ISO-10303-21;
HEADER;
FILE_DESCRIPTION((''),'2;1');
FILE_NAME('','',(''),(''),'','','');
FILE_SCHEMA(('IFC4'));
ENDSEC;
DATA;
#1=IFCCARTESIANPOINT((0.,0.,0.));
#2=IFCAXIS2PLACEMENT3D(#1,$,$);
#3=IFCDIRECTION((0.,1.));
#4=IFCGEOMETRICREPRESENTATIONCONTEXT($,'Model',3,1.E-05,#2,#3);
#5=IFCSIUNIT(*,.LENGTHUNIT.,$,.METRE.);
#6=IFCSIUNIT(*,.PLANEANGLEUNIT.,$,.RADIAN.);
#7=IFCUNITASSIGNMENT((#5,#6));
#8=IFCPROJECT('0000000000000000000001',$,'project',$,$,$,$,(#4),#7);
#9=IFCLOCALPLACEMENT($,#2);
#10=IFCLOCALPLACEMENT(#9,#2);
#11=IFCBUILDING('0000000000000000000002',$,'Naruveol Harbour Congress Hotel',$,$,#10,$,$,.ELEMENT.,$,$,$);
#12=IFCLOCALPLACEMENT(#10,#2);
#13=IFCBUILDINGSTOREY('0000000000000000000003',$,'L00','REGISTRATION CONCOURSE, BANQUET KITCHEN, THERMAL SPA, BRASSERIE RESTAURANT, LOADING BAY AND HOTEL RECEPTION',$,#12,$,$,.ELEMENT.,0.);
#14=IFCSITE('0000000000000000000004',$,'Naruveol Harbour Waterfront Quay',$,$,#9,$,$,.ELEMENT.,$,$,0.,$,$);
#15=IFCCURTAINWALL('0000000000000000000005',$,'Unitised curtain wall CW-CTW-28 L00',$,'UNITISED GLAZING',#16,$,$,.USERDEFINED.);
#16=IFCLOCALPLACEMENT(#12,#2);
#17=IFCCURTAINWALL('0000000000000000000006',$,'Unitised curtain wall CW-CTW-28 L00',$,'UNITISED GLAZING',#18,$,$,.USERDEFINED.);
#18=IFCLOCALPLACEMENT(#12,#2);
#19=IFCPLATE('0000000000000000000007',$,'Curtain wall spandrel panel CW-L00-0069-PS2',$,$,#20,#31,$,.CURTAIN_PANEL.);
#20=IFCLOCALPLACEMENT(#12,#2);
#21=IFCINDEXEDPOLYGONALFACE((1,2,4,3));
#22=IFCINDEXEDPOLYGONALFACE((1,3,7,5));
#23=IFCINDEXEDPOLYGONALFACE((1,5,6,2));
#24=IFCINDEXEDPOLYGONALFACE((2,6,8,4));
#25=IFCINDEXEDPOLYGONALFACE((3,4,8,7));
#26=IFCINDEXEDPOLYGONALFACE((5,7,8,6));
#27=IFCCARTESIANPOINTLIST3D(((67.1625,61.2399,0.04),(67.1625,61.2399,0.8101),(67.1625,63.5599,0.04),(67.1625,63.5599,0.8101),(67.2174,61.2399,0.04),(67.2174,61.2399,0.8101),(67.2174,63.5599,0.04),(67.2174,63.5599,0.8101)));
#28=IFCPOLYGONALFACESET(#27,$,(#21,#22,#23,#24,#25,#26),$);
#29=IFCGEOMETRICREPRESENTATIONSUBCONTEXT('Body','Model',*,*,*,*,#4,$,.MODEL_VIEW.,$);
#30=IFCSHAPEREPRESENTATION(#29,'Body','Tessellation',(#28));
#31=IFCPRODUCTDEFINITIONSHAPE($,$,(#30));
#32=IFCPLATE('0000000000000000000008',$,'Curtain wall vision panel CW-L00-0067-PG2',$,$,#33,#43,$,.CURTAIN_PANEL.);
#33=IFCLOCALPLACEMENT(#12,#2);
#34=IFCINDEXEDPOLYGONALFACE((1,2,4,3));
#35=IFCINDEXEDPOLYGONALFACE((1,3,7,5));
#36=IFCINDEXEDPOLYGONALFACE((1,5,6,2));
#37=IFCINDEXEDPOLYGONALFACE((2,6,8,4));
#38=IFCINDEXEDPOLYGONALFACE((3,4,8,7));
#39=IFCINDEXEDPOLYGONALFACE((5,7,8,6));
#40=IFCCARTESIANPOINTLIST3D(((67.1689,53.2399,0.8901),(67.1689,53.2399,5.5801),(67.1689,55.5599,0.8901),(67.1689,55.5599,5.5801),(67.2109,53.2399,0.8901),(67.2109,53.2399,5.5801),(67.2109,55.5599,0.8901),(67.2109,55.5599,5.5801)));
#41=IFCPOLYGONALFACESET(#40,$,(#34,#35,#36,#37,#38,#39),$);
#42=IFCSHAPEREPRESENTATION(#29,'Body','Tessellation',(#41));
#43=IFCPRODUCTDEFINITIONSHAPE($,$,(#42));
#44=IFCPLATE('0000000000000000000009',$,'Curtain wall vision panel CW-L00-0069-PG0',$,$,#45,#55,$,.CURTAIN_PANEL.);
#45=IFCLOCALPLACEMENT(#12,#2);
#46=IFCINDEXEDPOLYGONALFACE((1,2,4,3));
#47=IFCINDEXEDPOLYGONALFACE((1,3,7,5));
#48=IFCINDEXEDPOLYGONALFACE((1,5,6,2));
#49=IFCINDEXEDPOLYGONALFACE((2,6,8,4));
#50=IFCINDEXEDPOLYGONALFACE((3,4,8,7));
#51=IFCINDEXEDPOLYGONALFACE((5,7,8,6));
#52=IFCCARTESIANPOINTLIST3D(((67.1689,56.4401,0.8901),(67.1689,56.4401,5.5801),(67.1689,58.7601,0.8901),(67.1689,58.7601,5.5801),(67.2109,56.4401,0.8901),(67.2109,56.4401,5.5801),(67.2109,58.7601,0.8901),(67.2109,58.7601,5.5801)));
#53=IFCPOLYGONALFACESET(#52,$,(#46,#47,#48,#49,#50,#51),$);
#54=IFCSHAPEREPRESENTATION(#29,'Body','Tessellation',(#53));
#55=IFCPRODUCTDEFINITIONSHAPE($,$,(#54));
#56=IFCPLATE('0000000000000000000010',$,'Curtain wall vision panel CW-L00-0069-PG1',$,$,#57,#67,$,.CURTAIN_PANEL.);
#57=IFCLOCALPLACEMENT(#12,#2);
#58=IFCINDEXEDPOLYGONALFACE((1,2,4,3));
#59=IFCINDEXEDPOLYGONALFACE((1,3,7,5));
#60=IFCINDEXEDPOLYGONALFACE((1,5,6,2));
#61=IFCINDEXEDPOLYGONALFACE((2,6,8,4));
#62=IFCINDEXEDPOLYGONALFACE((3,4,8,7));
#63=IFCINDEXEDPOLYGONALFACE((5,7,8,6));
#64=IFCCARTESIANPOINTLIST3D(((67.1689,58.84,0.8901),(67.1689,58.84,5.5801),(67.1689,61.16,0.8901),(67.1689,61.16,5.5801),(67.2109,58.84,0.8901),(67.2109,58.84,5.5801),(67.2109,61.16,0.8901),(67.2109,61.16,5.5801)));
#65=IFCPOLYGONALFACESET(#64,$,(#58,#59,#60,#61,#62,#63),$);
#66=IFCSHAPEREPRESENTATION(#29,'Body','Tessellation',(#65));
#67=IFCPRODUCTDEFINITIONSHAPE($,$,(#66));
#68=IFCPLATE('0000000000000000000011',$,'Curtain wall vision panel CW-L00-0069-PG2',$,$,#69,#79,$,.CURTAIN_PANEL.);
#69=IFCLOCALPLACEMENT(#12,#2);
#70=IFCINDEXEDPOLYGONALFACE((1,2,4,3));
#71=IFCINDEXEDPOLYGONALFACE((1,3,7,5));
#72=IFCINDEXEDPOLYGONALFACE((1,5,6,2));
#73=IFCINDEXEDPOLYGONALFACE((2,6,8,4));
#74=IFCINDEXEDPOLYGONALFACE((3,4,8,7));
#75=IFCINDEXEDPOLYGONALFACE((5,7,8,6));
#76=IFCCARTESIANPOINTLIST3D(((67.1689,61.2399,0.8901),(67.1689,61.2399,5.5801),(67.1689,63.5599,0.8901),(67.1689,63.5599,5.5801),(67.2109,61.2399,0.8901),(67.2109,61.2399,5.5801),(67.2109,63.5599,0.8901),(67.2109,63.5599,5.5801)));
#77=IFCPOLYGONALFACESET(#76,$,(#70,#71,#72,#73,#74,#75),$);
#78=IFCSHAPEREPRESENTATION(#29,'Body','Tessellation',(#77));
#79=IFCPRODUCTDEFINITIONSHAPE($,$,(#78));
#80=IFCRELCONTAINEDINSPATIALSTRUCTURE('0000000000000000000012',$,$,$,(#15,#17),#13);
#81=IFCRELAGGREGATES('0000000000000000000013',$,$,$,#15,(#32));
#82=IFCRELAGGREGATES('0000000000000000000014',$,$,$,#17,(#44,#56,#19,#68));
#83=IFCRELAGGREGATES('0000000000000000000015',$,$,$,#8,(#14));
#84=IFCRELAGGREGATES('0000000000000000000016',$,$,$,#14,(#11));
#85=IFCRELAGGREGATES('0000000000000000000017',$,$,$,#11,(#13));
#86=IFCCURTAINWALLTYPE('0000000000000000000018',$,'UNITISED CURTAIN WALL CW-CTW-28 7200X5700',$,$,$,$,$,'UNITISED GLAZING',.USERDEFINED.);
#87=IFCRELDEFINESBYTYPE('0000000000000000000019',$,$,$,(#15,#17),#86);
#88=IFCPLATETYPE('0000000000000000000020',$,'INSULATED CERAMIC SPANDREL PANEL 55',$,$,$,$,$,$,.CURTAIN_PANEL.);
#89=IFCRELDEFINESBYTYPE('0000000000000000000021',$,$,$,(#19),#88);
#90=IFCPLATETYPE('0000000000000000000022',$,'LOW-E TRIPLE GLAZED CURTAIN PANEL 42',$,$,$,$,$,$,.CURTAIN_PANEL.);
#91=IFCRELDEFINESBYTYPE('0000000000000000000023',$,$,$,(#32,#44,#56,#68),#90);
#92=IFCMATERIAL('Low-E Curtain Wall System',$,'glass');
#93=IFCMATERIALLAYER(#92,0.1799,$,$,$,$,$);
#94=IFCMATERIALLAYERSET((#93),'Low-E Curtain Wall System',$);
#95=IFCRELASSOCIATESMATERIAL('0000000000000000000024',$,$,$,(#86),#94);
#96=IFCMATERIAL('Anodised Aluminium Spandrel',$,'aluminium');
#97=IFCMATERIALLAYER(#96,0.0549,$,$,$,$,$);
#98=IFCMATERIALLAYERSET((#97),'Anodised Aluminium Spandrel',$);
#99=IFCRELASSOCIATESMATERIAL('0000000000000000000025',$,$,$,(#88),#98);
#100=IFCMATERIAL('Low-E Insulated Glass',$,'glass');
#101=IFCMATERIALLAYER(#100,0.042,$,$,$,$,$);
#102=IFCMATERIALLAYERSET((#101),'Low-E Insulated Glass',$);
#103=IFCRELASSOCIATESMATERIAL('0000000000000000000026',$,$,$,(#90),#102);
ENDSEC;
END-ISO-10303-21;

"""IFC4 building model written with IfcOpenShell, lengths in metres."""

from ifc_helpers import new_model, si_unit, direction, frame, origin, origin_2d, place, context, subcontext, project, spatial, rectangle, extrude, material, layer, layer_set, type_object, element, aggregate, save


model = new_model("IFC4")

# Units and contexts
model_context = context("Model", 3, precision=1e-05, world=origin(), true_north=direction((0.0, 1.0)))
body_context = subcontext(model_context, "Body", "Model", "MODEL_VIEW")
ifc_project = project(units=[si_unit("LENGTHUNIT", "METRE"), si_unit("PLANEANGLEUNIT", "RADIAN")], contexts=[model_context])

# Site, building, storey
site_placement = place(None, origin())
site = spatial("IfcSite", under=ifc_project, at=site_placement, Name="Naruveol Harbour Waterfront Quay", CompositionType="ELEMENT", RefElevation=0.0)
building_placement = place(site_placement, origin())
building = spatial("IfcBuilding", under=site, at=building_placement, Name="Naruveol Harbour Congress Hotel", CompositionType="ELEMENT")
storey_placement = place(building_placement, origin())
storey = spatial("IfcBuildingStorey", under=building, at=storey_placement, Name="L00", Description="REGISTRATION CONCOURSE, BANQUET KITCHEN, THERMAL SPA, BRASSERIE RESTAURANT, LOADING BAY AND HOTEL RECEPTION", CompositionType="ELEMENT", Elevation=0.0)

# Curtain wall
ifc_material_1 = material(Name="Low-E Curtain Wall System", Category="glass")
ifc_layer_1 = layer(ifc_material_1, 0.1799)
ifc_layer_set_1 = layer_set([ifc_layer_1], Name="Low-E Curtain Wall System")
curtain_wall_type_1 = type_object("IfcCurtainWallType", Name="UNITISED CURTAIN WALL CW-CTW-28 7200X5700", ElementType="UNITISED GLAZING", PredefinedType="USERDEFINED", material=ifc_layer_set_1)
curtain_wall_1_placement = place(storey_placement, origin())
curtain_wall_1 = element("IfcCurtainWall", 1, at=curtain_wall_1_placement, inside=storey, type_object=curtain_wall_type_1, Name="Unitised curtain wall CW-CTW-28 L00", ObjectType="UNITISED GLAZING", PredefinedType="USERDEFINED")

# Shared definitions
ifc_material_2 = material(Name="Anodised Aluminium Spandrel", Category="aluminium")
ifc_layer_2 = layer(ifc_material_2, 0.0549)
ifc_layer_set_2 = layer_set([ifc_layer_2], Name="Anodised Aluminium Spandrel")
plate_type_1 = type_object("IfcPlateType", Name="INSULATED CERAMIC SPANDREL PANEL 55", PredefinedType="CURTAIN_PANEL", material=ifc_layer_set_2)

# Curtain wall, plate
curtain_wall_2_placement = place(storey_placement, origin())
curtain_wall_2 = element("IfcCurtainWall", 2, at=curtain_wall_2_placement, inside=storey, type_object=curtain_wall_type_1, Name="Unitised curtain wall CW-CTW-28 L00", ObjectType="UNITISED GLAZING", PredefinedType="USERDEFINED")
plate_1_placement = place(storey_placement, frame((67.1899, 62.3999, 0.04), z_axis=(0.0, 0.0, 1.0), x_axis=(0.0, 1.0, 0.0)))
plate_1 = element("IfcPlate", 3, at=plate_1_placement, type_object=plate_type_1, Name="Curtain wall spandrel panel CW-L00-0069-PS2", PredefinedType="CURTAIN_PANEL", context=body_context, shape_type="SweptSolid", body=[
    extrude(rectangle(XDim=2.3201, YDim=0.0549, at=origin_2d()), origin(), (0.0, 0.0, 1.0), 0.77),
])

# Plates
ifc_material_3 = material(Name="Low-E Insulated Glass", Category="glass")
ifc_layer_3 = layer(ifc_material_3, 0.042)
ifc_layer_set_3 = layer_set([ifc_layer_3], Name="Low-E Insulated Glass")
plate_type_2 = type_object("IfcPlateType", Name="LOW-E TRIPLE GLAZED CURTAIN PANEL 42", PredefinedType="CURTAIN_PANEL", material=ifc_layer_set_3)
plate_2_placement = place(storey_placement, frame((67.1899, 54.3999, 0.8901), z_axis=(0.0, 0.0, 1.0), x_axis=(0.0, 1.0, 0.0)))
plate_2 = element("IfcPlate", 4, at=plate_2_placement, type_object=plate_type_2, Name="Curtain wall vision panel CW-L00-0067-PG2", PredefinedType="CURTAIN_PANEL", context=body_context, shape_type="SweptSolid", body=[
    extrude(rectangle(XDim=2.3201, YDim=0.042, at=origin_2d()), origin(), (0.0, 0.0, 1.0), 4.6899),
])
aggregate(curtain_wall_1, [plate_2])
plate_3_placement = place(storey_placement, frame((67.1899, 57.6001, 0.8901), z_axis=(0.0, 0.0, 1.0), x_axis=(0.0, 1.0, 0.0)))
plate_3 = element("IfcPlate", 5, at=plate_3_placement, type_object=plate_type_2, Name="Curtain wall vision panel CW-L00-0069-PG0", PredefinedType="CURTAIN_PANEL", context=body_context, shape_type="SweptSolid", body=[
    extrude(rectangle(XDim=2.3201, YDim=0.042, at=origin_2d()), origin(), (0.0, 0.0, 1.0), 4.6899),
])
plate_4_placement = place(storey_placement, frame((67.1899, 60.0, 0.8901), z_axis=(0.0, 0.0, 1.0), x_axis=(0.0, 1.0, 0.0)))
plate_4 = element("IfcPlate", 6, at=plate_4_placement, type_object=plate_type_2, Name="Curtain wall vision panel CW-L00-0069-PG1", PredefinedType="CURTAIN_PANEL", context=body_context, shape_type="SweptSolid", body=[
    extrude(rectangle(XDim=2.3201, YDim=0.042, at=origin_2d()), origin(), (0.0, 0.0, 1.0), 4.6899),
])
plate_5_placement = place(storey_placement, frame((67.1899, 62.3999, 0.8901), z_axis=(0.0, 0.0, 1.0), x_axis=(0.0, 1.0, 0.0)))
plate_5 = element("IfcPlate", 7, at=plate_5_placement, type_object=plate_type_2, Name="Curtain wall vision panel CW-L00-0069-PG2", PredefinedType="CURTAIN_PANEL", context=body_context, shape_type="SweptSolid", body=[
    extrude(rectangle(XDim=2.3201, YDim=0.042, at=origin_2d()), origin(), (0.0, 0.0, 1.0), 4.6899),
])
aggregate(curtain_wall_2, [plate_3, plate_4, plate_1, plate_5])

save(model, "model.ifc")
